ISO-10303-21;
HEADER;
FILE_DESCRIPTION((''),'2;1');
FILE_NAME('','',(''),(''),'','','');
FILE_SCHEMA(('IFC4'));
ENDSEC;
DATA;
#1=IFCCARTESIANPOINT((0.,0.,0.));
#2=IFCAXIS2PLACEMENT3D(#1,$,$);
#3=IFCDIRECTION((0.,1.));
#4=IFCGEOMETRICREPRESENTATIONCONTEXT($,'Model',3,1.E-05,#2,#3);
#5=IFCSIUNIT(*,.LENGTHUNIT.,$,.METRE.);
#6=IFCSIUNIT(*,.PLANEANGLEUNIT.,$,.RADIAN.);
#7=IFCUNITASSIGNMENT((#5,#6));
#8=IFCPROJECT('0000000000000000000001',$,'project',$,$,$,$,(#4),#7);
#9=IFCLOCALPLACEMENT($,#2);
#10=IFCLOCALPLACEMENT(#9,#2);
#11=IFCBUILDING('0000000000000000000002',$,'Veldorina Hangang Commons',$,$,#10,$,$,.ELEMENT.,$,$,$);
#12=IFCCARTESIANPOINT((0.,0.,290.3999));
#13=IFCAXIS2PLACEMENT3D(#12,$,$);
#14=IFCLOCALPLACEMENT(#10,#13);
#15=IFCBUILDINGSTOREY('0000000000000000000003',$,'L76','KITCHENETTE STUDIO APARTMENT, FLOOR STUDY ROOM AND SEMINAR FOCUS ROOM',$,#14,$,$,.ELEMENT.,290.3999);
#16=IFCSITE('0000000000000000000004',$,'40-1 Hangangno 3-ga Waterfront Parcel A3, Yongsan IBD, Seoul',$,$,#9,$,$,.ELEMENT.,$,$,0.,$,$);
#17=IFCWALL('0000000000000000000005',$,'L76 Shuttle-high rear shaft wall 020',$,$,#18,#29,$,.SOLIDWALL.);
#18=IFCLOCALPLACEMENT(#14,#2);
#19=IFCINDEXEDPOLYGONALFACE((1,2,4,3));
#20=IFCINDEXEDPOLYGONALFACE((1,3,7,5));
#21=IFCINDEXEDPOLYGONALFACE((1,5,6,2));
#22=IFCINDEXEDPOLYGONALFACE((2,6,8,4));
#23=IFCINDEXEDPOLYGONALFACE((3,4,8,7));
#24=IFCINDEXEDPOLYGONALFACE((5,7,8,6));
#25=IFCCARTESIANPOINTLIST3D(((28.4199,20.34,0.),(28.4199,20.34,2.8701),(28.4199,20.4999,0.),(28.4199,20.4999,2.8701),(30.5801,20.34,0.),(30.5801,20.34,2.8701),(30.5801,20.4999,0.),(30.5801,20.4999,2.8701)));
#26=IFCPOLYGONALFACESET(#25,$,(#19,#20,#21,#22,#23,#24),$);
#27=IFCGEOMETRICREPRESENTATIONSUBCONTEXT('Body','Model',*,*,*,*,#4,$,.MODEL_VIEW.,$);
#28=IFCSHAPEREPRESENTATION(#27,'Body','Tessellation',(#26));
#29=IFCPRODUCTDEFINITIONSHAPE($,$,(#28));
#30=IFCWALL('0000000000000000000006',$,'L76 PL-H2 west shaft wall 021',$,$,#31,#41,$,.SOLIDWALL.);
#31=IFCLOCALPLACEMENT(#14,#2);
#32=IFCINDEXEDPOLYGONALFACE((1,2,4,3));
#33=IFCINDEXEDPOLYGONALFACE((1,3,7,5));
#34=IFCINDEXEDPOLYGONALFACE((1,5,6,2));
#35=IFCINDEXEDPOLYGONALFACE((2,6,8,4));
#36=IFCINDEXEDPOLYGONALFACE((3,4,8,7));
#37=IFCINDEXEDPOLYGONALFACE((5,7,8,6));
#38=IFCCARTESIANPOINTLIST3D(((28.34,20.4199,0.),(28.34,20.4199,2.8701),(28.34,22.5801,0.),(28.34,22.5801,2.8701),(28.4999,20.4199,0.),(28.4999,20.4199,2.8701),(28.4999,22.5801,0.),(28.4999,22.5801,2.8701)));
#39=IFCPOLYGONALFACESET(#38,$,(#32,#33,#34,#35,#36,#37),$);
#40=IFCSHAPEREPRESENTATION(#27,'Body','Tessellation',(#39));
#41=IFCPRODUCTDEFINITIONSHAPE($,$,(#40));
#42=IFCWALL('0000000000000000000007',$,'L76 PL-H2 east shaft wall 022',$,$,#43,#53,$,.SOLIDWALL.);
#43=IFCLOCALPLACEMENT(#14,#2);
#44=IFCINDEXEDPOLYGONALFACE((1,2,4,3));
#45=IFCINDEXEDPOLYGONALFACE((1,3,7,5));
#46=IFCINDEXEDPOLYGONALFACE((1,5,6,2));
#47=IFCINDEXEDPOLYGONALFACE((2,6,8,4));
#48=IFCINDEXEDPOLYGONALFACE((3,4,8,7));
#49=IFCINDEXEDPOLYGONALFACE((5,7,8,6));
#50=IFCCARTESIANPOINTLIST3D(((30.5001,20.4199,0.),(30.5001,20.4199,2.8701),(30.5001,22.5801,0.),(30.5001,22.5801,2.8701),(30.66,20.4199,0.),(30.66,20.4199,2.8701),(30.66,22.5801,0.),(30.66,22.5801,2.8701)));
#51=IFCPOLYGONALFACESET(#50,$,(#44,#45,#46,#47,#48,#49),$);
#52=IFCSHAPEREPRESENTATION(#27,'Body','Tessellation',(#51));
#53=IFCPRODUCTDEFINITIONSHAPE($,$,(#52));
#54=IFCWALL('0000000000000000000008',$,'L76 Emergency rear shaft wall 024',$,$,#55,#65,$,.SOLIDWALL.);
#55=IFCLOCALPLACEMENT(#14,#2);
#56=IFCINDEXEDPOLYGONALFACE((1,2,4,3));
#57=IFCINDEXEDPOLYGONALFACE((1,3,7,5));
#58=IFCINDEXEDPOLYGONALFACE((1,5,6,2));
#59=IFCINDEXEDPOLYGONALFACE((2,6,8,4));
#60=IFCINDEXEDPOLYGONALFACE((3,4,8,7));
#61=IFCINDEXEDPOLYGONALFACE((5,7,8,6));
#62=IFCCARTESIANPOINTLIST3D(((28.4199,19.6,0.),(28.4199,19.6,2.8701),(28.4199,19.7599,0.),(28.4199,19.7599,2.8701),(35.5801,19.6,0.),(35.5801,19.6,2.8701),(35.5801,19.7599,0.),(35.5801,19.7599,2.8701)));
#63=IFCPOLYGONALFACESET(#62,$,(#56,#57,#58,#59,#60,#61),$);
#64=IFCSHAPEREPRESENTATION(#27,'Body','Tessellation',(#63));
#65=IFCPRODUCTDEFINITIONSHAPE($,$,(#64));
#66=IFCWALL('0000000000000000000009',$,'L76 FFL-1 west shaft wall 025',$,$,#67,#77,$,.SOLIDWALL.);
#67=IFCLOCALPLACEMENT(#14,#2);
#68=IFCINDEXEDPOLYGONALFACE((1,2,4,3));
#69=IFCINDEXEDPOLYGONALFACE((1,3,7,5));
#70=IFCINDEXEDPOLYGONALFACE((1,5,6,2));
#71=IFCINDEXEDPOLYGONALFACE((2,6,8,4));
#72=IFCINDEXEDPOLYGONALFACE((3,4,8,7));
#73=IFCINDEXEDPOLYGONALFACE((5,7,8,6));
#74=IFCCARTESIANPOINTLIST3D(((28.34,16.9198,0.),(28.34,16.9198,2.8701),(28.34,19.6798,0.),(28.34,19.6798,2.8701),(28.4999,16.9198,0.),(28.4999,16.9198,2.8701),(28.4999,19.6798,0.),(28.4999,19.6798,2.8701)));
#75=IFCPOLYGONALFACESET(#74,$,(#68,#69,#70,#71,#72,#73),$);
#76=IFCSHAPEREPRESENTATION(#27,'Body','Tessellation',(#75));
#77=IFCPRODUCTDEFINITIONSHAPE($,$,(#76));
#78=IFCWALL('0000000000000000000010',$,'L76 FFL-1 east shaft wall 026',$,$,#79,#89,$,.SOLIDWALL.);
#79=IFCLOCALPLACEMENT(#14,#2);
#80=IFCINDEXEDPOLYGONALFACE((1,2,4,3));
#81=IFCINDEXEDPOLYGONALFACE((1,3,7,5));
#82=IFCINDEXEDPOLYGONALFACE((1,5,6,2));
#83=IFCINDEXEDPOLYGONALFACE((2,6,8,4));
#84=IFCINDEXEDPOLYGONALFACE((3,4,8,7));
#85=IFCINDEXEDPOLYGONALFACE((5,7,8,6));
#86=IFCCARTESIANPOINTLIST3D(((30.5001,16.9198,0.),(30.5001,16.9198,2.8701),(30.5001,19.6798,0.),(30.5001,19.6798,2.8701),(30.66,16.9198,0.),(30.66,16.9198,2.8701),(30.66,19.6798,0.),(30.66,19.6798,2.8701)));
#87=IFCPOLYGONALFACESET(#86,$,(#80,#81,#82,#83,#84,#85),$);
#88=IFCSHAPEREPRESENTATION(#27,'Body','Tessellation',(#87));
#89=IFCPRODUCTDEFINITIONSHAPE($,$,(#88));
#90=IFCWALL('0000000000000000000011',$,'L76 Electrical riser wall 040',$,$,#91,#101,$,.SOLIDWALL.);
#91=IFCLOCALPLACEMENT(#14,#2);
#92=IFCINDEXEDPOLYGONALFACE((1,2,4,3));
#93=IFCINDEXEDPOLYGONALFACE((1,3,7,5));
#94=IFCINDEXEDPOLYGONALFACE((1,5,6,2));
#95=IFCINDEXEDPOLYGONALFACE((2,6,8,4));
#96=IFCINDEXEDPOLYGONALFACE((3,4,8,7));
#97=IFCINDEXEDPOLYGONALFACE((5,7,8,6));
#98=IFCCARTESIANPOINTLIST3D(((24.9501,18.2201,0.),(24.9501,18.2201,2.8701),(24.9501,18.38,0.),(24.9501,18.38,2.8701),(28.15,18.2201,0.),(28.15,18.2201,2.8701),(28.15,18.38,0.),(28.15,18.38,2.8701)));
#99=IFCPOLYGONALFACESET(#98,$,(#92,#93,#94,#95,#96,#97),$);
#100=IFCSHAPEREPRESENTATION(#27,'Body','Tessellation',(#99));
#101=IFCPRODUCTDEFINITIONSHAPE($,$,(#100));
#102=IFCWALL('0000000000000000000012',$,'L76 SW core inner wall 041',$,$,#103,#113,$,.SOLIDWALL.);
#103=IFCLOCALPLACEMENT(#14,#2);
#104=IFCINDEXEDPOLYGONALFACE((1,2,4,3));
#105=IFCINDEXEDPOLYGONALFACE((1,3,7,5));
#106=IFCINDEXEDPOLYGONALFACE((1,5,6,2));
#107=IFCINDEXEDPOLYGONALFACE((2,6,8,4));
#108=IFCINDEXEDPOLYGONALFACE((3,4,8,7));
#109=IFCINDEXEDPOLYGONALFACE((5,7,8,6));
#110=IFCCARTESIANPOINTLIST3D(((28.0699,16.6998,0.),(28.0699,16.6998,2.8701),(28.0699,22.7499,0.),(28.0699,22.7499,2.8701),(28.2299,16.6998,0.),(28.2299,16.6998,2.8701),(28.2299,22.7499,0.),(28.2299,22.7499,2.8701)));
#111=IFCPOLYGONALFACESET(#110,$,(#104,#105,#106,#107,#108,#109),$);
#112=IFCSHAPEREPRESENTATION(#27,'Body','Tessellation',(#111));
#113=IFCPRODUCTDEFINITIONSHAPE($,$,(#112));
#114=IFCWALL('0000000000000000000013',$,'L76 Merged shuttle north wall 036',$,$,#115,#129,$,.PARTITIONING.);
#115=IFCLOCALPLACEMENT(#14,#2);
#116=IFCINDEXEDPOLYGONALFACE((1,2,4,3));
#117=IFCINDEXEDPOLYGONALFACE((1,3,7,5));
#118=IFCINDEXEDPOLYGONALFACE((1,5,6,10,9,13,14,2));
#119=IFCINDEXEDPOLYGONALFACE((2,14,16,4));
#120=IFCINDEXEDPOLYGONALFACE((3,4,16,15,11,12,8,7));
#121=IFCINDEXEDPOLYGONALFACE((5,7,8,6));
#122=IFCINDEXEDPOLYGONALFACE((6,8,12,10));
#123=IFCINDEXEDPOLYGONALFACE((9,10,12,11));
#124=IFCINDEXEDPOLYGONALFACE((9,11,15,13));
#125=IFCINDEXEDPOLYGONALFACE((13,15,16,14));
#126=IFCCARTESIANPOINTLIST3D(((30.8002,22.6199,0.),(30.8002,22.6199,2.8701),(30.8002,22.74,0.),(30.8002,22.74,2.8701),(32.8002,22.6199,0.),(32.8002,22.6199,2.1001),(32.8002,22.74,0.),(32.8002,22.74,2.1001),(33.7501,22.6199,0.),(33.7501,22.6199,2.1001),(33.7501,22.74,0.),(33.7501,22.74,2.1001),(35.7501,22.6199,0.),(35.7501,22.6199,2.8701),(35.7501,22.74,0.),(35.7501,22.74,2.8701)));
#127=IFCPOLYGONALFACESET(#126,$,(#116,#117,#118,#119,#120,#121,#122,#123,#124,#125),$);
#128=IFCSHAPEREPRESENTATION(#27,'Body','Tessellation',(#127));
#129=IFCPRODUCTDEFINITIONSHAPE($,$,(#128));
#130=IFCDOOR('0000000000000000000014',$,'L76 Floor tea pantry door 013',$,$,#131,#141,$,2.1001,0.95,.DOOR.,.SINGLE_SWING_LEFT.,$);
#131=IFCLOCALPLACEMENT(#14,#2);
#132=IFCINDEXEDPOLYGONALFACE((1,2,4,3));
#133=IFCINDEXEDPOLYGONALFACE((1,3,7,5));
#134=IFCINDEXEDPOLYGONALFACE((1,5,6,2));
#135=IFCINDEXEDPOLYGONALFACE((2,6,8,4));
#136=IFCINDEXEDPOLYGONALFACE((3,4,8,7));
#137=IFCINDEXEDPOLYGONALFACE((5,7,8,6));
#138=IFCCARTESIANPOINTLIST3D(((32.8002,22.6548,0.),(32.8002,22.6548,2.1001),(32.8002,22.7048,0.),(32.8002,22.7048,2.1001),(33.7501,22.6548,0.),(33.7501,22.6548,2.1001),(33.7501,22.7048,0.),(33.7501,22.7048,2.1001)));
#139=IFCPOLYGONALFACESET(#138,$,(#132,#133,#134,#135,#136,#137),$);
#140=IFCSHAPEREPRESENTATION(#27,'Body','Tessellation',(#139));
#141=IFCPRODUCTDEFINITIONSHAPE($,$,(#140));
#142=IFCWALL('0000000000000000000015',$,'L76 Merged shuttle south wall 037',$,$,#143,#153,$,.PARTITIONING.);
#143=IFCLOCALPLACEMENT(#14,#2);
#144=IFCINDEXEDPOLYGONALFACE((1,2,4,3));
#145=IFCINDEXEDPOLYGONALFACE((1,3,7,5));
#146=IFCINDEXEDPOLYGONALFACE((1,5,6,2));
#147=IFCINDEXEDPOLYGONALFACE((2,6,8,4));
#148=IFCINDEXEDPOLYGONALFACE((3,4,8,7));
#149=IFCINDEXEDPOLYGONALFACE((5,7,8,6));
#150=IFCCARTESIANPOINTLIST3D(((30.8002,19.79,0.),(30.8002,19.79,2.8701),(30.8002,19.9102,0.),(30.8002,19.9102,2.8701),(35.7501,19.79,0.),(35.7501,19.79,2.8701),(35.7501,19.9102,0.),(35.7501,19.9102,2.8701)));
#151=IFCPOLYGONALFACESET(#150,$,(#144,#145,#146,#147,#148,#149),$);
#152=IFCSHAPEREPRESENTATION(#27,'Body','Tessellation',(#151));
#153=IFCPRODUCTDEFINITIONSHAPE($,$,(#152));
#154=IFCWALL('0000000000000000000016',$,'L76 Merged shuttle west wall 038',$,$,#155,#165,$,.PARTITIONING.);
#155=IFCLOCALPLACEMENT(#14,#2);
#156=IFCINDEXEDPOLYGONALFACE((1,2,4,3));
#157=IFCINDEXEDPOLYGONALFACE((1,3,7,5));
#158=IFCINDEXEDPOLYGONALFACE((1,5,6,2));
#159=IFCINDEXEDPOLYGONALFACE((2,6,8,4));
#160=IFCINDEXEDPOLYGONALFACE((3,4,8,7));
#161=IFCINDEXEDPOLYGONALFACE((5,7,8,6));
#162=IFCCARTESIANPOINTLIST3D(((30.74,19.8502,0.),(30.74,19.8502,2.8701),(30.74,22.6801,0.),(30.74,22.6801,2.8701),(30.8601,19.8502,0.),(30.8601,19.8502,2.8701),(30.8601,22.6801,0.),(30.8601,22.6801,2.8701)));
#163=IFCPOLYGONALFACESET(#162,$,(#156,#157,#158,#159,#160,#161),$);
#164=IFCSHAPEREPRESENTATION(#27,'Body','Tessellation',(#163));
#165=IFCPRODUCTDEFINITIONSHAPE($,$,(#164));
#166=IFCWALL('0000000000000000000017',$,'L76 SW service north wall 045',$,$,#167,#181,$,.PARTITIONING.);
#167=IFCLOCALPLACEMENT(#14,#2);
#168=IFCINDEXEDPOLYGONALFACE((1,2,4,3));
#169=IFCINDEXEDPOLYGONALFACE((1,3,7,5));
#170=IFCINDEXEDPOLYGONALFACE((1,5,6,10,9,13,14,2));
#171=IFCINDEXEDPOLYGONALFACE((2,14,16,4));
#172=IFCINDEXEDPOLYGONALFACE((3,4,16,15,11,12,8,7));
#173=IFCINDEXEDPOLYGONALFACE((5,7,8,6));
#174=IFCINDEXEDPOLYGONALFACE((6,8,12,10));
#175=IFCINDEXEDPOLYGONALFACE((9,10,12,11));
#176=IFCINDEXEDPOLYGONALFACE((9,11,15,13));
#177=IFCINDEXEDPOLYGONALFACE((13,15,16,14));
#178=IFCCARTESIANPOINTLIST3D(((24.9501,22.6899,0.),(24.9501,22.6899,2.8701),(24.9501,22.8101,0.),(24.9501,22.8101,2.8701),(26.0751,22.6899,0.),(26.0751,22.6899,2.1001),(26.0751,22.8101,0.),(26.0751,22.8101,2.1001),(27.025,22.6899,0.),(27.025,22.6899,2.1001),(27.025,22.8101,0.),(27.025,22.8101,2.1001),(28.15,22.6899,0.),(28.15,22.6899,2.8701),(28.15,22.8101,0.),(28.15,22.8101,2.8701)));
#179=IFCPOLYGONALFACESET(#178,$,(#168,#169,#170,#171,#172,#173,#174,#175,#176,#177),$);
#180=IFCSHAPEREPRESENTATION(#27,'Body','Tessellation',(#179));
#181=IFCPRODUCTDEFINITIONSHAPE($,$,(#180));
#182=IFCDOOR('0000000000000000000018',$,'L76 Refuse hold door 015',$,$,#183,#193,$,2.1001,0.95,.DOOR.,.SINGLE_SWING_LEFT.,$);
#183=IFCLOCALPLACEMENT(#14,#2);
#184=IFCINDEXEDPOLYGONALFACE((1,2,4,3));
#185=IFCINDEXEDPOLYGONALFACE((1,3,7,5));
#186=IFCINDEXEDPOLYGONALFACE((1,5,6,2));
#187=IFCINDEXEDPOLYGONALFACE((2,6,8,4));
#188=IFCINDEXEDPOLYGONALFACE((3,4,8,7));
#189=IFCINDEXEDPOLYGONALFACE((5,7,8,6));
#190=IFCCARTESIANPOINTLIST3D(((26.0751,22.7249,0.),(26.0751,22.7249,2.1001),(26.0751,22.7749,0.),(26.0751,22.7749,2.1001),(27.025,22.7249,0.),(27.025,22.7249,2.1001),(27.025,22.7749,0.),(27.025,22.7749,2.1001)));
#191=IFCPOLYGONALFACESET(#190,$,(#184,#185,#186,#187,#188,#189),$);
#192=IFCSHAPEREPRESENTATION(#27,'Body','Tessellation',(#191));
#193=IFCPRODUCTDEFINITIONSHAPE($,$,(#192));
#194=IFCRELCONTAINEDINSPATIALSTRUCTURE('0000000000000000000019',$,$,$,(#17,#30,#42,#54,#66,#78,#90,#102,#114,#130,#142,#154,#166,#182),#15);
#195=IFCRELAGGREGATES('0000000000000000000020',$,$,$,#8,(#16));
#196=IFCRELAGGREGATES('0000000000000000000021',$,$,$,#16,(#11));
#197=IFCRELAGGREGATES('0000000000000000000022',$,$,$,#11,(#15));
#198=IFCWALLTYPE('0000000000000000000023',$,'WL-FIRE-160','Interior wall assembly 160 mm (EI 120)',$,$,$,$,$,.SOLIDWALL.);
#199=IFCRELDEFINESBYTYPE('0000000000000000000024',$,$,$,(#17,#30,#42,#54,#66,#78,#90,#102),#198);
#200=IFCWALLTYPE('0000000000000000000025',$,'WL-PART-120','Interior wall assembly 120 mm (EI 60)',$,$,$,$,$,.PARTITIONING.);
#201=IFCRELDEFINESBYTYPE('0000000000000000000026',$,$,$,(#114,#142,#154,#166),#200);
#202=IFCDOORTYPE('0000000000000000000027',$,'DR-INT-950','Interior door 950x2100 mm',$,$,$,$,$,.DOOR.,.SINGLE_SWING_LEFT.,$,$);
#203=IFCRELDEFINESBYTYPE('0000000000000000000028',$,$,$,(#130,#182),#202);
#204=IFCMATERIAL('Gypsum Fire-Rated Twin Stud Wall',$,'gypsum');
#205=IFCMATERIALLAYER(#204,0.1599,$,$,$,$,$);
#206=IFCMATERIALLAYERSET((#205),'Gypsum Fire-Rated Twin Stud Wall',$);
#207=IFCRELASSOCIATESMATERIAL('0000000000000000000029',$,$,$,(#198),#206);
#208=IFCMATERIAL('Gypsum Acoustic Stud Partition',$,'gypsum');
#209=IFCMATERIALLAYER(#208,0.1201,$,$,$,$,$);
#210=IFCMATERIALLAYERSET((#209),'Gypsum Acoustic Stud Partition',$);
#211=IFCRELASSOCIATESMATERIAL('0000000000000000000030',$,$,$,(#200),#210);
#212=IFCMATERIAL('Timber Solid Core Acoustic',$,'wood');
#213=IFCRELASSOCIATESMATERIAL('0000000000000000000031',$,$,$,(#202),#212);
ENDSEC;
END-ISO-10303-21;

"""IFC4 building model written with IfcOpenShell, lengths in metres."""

from ifc_helpers import new_model, si_unit, direction, frame, frame_2d, origin, place, context, subcontext, project, spatial, rectangle, extrude, material, layer, layer_set, type_object, element, fill, save


model = new_model("IFC4")

# Units and contexts
model_context = context("Model", 3, precision=1e-05, world=origin(), true_north=direction((0.0, 1.0)))
body_context = subcontext(model_context, "Body", "Model", "MODEL_VIEW")
ifc_project = project(units=[si_unit("LENGTHUNIT", "METRE"), si_unit("PLANEANGLEUNIT", "RADIAN")], contexts=[model_context])

# Site, building, storey
site_placement = place(None, origin())
site = spatial("IfcSite", under=ifc_project, at=site_placement, Name="40-1 Hangangno 3-ga Waterfront Parcel A3, Yongsan IBD, Seoul", CompositionType="ELEMENT", RefElevation=0.0)
building_placement = place(site_placement, origin())
building = spatial("IfcBuilding", under=site, at=building_placement, Name="Veldorina Hangang Commons", CompositionType="ELEMENT")
storey_placement = place(building_placement, frame((0.0, 0.0, 290.3999)))
storey = spatial("IfcBuildingStorey", under=building, at=storey_placement, Name="L76", Description="KITCHENETTE STUDIO APARTMENT, FLOOR STUDY ROOM AND SEMINAR FOCUS ROOM", CompositionType="ELEMENT", Elevation=290.3999)

# Shared definitions
ifc_material_1 = material(Name="Gypsum Fire-Rated Twin Stud Wall", Category="gypsum")
ifc_layer_1 = layer(ifc_material_1, 0.1599)
ifc_layer_set_1 = layer_set([ifc_layer_1], Name="Gypsum Fire-Rated Twin Stud Wall")
wall_type_1 = type_object("IfcWallType", Name="WL-FIRE-160", Description="Interior wall assembly 160 mm (EI 120)", PredefinedType="SOLIDWALL", material=ifc_layer_set_1)

# Walls
for number, where, z_axis, x_axis, name in (
    (1, (28.4199, 20.4199, 0.0), (0.0, 0.0, 1.0), (1.0, 0.0, 0.0), "L76 Shuttle-high rear shaft wall 020"),
    (2, (28.4199, 20.4199, 0.0), (0.0, 0.0, 1.0), (0.0, 1.0, 0.0), "L76 PL-H2 west shaft wall 021"),
    (3, (30.5801, 20.4199, 0.0), (0.0, 0.0, 1.0), (0.0, 1.0, 0.0), "L76 PL-H2 east shaft wall 022"),
):
    element("IfcWall", number, at=place(storey_placement, frame(where, z_axis=z_axis, x_axis=x_axis)), inside=storey, type_object=wall_type_1, Name=name, PredefinedType="SOLIDWALL", context=body_context, shape_type="SweptSolid", body=[
        extrude(rectangle(XDim=2.1602, YDim=0.1599, at=frame_2d((1.0801, 0.0))), origin(), (0.0, 0.0, 1.0), 2.8701),
    ])

# Walls
wall_1_placement = place(storey_placement, frame((28.4199, 19.6799, 0.0), z_axis=(0.0, 0.0, 1.0), x_axis=(1.0, 0.0, 0.0)))
element("IfcWall", 4, at=wall_1_placement, inside=storey, type_object=wall_type_1, Name="L76 Emergency rear shaft wall 024", PredefinedType="SOLIDWALL", context=body_context, shape_type="SweptSolid", body=[
    extrude(rectangle(XDim=7.1602, YDim=0.1599, at=frame_2d((3.5801, 0.0))), origin(), (0.0, 0.0, 1.0), 2.8701),
])
for number, where, z_axis, x_axis, name in (
    (5, (28.4199, 16.9199, 0.0), (0.0, 0.0, 1.0), (0.0, 1.0, 0.0), "L76 FFL-1 west shaft wall 025"),
    (6, (30.5801, 16.9199, 0.0), (0.0, 0.0, 1.0), (0.0, 1.0, 0.0), "L76 FFL-1 east shaft wall 026"),
):
    element("IfcWall", number, at=place(storey_placement, frame(where, z_axis=z_axis, x_axis=x_axis)), inside=storey, type_object=wall_type_1, Name=name, PredefinedType="SOLIDWALL", context=body_context, shape_type="SweptSolid", body=[
        extrude(rectangle(XDim=2.76, YDim=0.1599, at=frame_2d((1.3799, 0.0))), origin(), (0.0, 0.0, 1.0), 2.8701),
    ])
wall_2_placement = place(storey_placement, frame((24.95, 18.3, 0.0), z_axis=(0.0, 0.0, 1.0), x_axis=(1.0, 0.0, 0.0)))
element("IfcWall", 7, at=wall_2_placement, inside=storey, type_object=wall_type_1, Name="L76 Electrical riser wall 040", PredefinedType="SOLIDWALL", context=body_context, shape_type="SweptSolid", body=[
    extrude(rectangle(XDim=3.2, YDim=0.1599, at=frame_2d((1.6001, 0.0))), origin(), (0.0, 0.0, 1.0), 2.8701),
])
wall_3_placement = place(storey_placement, frame((28.1499, 16.7, 0.0), z_axis=(0.0, 0.0, 1.0), x_axis=(0.0, 1.0, 0.0)))
element("IfcWall", 8, at=wall_3_placement, inside=storey, type_object=wall_type_1, Name="L76 SW core inner wall 041", PredefinedType="SOLIDWALL", context=body_context, shape_type="SweptSolid", body=[
    extrude(rectangle(XDim=6.05, YDim=0.1599, at=frame_2d((3.0249, 0.0))), origin(), (0.0, 0.0, 1.0), 2.8701),
])

# Wall, opening, door
ifc_material_2 = material(Name="Gypsum Acoustic Stud Partition", Category="gypsum")
ifc_layer_2 = layer(ifc_material_2, 0.1201)
ifc_layer_set_2 = layer_set([ifc_layer_2], Name="Gypsum Acoustic Stud Partition")
wall_type_2 = type_object("IfcWallType", Name="WL-PART-120", Description="Interior wall assembly 120 mm (EI 60)", PredefinedType="PARTITIONING", material=ifc_layer_set_2)
wall_4_placement = place(storey_placement, frame((30.8, 22.6799, 0.0), z_axis=(0.0, 0.0, 1.0), x_axis=(1.0, 0.0, 0.0)))
wall_4 = element("IfcWall", 9, at=wall_4_placement, inside=storey, type_object=wall_type_2, Name="L76 Merged shuttle north wall 036", PredefinedType="PARTITIONING", context=body_context, shape_type="SweptSolid", body=[
    extrude(rectangle(XDim=4.95, YDim=0.1201, at=frame_2d((2.4751, 0.0))), origin(), (0.0, 0.0, 1.0), 2.8701),
])
opening_1_placement = place(wall_4_placement, frame((2.0, 0.0, 0.0)))
opening_1 = element("IfcOpeningElement", 10, at=opening_1_placement, cuts=wall_4, PredefinedType="OPENING", context=body_context, shape_type="SweptSolid", body=[
    extrude(rectangle(XDim=0.95, YDim=2.1001, at=frame_2d((0.4751, 1.05))), frame((0.0, 0.0701, 0.0), z_axis=(0.0, -1.0, 0.0), x_axis=(1.0, 0.0, 0.0)), (0.0, 0.0, 1.0), 0.1401),
])
ifc_material_3 = material(Name="Timber Solid Core Acoustic", Category="wood")
door_type_1 = type_object("IfcDoorType", Name="DR-INT-950", Description="Interior door 950x2100 mm", OperationType="SINGLE_SWING_LEFT", PredefinedType="DOOR", material=ifc_material_3)
door_1_placement = place(opening_1_placement, origin())
door_1 = element("IfcDoor", 11, at=door_1_placement, inside=storey, type_object=door_type_1, Name="L76 Floor tea pantry door 013", OperationType="SINGLE_SWING_LEFT", OverallHeight=2.1001, OverallWidth=0.95, PredefinedType="DOOR", context=body_context, shape_type="SweptSolid", body=[
    extrude(rectangle(XDim=0.95, YDim=2.1001, at=frame_2d((0.4751, 1.05))), frame((0.0, 0.0249, 0.0), z_axis=(0.0, -1.0, 0.0), x_axis=(1.0, 0.0, 0.0)), (0.0, 0.0, 1.0), 0.05),
])
fill(opening_1, door_1)

# Walls
wall_5_placement = place(storey_placement, frame((30.8, 19.8501, 0.0), z_axis=(0.0, 0.0, 1.0), x_axis=(1.0, 0.0, 0.0)))
element("IfcWall", 12, at=wall_5_placement, inside=storey, type_object=wall_type_2, Name="L76 Merged shuttle south wall 037", PredefinedType="PARTITIONING", context=body_context, shape_type="SweptSolid", body=[
    extrude(rectangle(XDim=4.95, YDim=0.1201, at=frame_2d((2.4751, 0.0))), origin(), (0.0, 0.0, 1.0), 2.8701),
])
wall_6_placement = place(storey_placement, frame((30.8, 19.8501, 0.0), z_axis=(0.0, 0.0, 1.0), x_axis=(0.0, 1.0, 0.0)))
element("IfcWall", 13, at=wall_6_placement, inside=storey, type_object=wall_type_2, Name="L76 Merged shuttle west wall 038", PredefinedType="PARTITIONING", context=body_context, shape_type="SweptSolid", body=[
    extrude(rectangle(XDim=2.8298, YDim=0.1201, at=frame_2d((1.415, 0.0))), origin(), (0.0, 0.0, 1.0), 2.8701),
])

# Wall, opening, door
wall_7_placement = place(storey_placement, frame((24.95, 22.75, 0.0), z_axis=(0.0, 0.0, 1.0), x_axis=(1.0, 0.0, 0.0)))
wall_7 = element("IfcWall", 14, at=wall_7_placement, inside=storey, type_object=wall_type_2, Name="L76 SW service north wall 045", PredefinedType="PARTITIONING", context=body_context, shape_type="SweptSolid", body=[
    extrude(rectangle(XDim=3.2, YDim=0.1201, at=frame_2d((1.6001, 0.0))), origin(), (0.0, 0.0, 1.0), 2.8701),
])
opening_2_placement = place(wall_7_placement, frame((1.125, 0.0, 0.0)))
opening_2 = element("IfcOpeningElement", 15, at=opening_2_placement, cuts=wall_7, PredefinedType="OPENING", context=body_context, shape_type="SweptSolid", body=[
    extrude(rectangle(XDim=0.95, YDim=2.1001, at=frame_2d((0.4751, 1.05))), frame((0.0, 0.0701, 0.0), z_axis=(0.0, -1.0, 0.0), x_axis=(1.0, 0.0, 0.0)), (0.0, 0.0, 1.0), 0.1401),
])
door_2_placement = place(opening_2_placement, origin())
door_2 = element("IfcDoor", 16, at=door_2_placement, inside=storey, type_object=door_type_1, Name="L76 Refuse hold door 015", OperationType="SINGLE_SWING_LEFT", OverallHeight=2.1001, OverallWidth=0.95, PredefinedType="DOOR", context=body_context, shape_type="SweptSolid", body=[
    extrude(rectangle(XDim=0.95, YDim=2.1001, at=frame_2d((0.4751, 1.05))), frame((0.0, 0.0249, 0.0), z_axis=(0.0, -1.0, 0.0), x_axis=(1.0, 0.0, 0.0)), (0.0, 0.0, 1.0), 0.05),
])
fill(opening_2, door_2)

save(model, "model.ifc")
